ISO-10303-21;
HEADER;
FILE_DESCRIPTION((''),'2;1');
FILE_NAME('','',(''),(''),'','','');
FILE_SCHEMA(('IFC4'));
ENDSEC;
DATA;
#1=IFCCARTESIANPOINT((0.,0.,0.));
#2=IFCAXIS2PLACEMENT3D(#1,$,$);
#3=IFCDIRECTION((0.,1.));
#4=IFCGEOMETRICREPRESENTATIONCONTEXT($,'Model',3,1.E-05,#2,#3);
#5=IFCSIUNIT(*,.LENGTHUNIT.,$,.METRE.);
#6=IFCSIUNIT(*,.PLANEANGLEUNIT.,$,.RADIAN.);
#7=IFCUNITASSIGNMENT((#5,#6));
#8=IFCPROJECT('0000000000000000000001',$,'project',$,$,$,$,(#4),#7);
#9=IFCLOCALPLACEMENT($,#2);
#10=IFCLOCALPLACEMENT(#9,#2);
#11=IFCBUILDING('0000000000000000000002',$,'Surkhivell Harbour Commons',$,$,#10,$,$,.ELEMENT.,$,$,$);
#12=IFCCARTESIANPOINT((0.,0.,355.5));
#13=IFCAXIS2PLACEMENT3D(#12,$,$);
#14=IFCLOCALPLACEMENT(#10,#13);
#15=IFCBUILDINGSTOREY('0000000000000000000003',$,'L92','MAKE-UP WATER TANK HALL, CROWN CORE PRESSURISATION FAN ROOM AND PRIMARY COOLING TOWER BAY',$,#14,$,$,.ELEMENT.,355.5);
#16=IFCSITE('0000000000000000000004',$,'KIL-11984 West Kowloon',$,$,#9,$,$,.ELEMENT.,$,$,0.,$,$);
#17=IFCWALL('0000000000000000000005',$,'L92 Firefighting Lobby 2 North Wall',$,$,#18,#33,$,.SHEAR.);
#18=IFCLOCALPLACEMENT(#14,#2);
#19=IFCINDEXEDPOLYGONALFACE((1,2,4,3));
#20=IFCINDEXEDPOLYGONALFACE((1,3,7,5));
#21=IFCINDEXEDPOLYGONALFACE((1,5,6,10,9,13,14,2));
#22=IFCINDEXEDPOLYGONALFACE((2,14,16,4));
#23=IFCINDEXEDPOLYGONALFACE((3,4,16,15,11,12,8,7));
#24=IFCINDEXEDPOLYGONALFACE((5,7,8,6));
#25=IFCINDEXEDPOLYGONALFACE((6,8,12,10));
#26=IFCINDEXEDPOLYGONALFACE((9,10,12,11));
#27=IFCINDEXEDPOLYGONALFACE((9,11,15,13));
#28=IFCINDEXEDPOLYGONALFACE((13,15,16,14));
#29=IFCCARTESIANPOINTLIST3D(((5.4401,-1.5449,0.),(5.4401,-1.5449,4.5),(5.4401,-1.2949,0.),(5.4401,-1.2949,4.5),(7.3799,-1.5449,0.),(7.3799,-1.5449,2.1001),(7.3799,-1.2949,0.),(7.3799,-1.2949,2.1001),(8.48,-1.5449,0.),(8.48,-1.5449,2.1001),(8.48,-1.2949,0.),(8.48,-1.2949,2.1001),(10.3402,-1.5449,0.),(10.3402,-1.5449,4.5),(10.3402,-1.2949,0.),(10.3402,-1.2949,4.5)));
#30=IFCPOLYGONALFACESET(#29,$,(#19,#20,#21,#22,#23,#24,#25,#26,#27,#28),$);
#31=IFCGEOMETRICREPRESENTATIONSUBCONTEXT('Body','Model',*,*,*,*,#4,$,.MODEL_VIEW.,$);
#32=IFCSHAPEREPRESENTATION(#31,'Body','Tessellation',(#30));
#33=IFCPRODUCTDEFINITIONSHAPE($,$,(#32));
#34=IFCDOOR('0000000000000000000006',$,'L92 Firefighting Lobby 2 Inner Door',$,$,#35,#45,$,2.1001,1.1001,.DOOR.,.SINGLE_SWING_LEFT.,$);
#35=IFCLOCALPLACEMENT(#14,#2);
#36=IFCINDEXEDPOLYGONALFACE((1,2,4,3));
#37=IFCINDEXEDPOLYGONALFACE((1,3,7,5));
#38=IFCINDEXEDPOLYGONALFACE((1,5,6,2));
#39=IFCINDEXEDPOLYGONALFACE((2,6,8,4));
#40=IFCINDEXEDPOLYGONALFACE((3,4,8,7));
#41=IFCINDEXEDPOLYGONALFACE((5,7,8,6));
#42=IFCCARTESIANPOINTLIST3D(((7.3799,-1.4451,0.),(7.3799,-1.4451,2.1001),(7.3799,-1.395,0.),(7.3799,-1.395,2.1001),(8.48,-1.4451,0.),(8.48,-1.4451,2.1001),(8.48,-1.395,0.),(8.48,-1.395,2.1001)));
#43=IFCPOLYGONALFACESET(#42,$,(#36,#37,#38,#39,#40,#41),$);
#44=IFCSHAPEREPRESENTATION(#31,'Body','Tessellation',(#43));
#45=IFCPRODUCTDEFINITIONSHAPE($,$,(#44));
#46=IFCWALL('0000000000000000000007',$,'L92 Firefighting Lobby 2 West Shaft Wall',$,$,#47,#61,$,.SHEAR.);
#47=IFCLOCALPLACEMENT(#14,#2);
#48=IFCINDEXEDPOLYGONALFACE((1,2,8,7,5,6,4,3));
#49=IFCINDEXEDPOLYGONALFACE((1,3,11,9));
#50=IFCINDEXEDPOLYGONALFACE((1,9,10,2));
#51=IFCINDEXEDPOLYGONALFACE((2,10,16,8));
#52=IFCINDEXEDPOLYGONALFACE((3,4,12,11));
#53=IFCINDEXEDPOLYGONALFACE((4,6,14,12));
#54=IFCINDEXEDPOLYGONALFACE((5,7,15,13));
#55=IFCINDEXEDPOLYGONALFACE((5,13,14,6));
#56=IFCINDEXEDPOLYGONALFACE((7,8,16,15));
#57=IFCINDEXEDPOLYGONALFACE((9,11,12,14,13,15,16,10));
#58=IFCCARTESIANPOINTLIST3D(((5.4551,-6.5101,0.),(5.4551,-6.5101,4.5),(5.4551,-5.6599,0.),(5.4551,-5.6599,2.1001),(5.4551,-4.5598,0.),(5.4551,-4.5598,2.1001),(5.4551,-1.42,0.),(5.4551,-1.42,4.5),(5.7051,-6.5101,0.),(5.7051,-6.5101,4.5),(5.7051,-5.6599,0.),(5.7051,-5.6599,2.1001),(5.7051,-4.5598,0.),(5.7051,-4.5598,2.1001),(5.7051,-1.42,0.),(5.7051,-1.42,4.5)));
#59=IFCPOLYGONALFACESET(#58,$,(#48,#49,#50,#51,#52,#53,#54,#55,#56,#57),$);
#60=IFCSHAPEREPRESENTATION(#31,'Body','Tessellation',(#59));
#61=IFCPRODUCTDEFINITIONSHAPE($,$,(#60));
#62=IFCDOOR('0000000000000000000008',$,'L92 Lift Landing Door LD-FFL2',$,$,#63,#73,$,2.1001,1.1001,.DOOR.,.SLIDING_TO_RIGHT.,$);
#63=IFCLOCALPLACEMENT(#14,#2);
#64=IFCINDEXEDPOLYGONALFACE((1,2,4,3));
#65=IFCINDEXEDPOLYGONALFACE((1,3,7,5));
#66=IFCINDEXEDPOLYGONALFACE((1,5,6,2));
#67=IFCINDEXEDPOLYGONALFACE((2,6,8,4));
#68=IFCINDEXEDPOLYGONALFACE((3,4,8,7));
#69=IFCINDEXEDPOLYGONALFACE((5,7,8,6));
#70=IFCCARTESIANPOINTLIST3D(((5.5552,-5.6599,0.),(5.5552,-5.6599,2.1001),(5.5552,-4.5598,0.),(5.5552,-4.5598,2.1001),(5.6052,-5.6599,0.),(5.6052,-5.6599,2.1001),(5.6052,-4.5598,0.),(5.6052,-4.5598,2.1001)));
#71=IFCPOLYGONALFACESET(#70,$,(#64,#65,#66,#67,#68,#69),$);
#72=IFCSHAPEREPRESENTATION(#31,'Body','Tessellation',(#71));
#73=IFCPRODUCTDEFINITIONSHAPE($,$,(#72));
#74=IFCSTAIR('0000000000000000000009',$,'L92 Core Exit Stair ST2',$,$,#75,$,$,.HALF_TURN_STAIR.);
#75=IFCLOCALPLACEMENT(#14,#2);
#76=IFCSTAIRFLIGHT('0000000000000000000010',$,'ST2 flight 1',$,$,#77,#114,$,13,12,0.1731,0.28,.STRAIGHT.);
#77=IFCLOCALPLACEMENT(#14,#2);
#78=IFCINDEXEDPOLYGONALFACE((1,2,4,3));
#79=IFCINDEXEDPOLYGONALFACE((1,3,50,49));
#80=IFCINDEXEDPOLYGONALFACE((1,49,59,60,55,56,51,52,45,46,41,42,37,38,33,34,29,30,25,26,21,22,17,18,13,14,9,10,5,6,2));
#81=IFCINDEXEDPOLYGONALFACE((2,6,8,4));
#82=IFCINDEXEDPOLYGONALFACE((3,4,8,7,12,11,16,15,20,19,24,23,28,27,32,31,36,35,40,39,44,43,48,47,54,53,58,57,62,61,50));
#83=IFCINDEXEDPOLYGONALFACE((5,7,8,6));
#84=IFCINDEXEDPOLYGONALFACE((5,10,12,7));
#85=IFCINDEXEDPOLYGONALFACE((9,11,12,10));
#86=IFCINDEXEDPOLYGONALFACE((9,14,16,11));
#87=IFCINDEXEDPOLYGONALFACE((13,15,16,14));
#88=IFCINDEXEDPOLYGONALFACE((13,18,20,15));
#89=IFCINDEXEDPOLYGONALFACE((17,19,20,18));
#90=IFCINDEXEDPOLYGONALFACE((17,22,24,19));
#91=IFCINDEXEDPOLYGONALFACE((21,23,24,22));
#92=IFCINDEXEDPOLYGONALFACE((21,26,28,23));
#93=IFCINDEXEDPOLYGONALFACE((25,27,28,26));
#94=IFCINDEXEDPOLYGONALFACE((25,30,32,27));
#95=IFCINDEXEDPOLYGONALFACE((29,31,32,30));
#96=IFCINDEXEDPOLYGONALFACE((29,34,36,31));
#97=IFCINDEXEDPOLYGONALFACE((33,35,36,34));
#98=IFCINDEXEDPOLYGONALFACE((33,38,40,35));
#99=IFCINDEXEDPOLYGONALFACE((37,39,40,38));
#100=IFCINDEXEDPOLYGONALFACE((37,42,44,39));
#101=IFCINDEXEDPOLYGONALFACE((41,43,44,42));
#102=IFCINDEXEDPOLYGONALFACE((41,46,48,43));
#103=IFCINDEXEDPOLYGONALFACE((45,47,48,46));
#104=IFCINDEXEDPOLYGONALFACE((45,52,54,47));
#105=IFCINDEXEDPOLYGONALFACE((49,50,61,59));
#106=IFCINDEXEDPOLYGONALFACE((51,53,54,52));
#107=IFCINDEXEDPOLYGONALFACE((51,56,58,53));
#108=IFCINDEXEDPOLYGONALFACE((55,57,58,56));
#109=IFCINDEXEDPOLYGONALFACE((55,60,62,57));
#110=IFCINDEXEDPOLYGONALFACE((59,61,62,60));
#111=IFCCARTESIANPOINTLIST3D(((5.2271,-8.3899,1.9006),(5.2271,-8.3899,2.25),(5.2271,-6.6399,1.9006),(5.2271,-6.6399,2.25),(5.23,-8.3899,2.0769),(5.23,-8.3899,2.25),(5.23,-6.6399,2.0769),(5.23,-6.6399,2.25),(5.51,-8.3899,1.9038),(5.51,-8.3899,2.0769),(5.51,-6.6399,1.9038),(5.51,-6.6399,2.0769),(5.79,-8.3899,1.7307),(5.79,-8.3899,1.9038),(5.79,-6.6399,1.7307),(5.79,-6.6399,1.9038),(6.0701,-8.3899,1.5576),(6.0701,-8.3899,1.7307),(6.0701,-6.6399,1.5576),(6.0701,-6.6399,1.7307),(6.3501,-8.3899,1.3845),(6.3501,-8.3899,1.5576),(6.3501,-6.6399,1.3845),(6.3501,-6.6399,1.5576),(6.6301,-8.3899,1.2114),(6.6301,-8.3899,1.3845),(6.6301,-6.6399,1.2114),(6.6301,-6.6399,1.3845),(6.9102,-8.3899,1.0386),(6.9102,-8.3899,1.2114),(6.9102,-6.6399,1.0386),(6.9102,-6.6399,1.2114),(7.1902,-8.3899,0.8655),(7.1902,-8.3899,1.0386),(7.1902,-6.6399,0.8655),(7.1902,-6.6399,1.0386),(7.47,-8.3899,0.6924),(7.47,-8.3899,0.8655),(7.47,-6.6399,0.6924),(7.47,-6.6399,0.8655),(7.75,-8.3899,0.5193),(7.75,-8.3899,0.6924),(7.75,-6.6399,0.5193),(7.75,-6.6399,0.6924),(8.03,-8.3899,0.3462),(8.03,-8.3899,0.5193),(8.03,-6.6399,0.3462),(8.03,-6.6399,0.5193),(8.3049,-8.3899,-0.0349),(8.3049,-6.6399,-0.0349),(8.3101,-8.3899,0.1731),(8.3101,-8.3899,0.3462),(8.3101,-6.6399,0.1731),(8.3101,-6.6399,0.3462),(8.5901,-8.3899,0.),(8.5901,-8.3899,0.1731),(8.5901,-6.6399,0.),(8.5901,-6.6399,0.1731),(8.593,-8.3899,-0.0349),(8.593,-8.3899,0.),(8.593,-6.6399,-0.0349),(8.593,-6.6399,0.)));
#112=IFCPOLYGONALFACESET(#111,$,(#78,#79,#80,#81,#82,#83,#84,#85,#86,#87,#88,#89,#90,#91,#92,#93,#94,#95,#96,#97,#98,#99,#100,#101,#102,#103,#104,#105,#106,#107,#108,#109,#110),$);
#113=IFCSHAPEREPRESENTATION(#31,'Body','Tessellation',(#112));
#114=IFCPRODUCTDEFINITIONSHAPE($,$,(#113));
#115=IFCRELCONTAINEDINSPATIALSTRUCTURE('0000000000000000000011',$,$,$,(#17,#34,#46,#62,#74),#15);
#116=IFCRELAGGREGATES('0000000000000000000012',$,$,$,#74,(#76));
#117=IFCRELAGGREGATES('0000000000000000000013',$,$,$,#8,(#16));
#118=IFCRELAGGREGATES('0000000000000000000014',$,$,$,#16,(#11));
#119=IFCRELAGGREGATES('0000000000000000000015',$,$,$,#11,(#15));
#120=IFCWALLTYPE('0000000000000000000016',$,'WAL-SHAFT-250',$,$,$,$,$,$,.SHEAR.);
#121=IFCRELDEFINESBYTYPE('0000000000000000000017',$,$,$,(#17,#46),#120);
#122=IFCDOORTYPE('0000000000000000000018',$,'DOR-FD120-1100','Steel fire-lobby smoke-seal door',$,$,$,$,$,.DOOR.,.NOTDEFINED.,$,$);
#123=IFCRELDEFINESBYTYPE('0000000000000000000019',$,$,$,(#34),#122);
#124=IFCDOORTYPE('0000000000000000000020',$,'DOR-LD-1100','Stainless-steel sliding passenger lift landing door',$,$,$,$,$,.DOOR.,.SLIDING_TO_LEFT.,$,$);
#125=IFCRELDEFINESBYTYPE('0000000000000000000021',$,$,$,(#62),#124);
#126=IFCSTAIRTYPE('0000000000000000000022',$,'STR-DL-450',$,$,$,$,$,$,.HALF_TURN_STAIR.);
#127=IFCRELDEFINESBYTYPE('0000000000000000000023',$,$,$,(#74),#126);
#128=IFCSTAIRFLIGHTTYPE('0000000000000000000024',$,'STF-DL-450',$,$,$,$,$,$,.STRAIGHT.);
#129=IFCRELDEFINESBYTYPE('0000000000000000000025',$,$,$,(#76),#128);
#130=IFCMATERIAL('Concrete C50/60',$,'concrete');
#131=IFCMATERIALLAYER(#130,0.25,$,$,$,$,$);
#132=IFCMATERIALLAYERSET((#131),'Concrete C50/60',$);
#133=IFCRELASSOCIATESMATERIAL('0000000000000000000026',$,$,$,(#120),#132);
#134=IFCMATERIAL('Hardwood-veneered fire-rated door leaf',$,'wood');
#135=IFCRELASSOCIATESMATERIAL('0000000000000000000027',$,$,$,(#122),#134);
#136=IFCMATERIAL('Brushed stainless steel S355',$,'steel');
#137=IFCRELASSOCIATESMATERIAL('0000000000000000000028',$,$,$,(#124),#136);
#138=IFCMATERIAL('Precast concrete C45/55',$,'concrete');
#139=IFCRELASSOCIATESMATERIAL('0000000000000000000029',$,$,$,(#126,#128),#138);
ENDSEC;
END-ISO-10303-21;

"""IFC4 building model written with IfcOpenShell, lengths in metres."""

from ifc_helpers import new_model, si_unit, direction, frame, frame_2d, origin, place, context, subcontext, project, spatial, polyline, rectangle, outline, extrude, material, layer, layer_set, type_object, element, fill, aggregate, save


model = new_model("IFC4")

# Units and contexts
model_context = context("Model", 3, precision=1e-05, world=origin(), true_north=direction((0.0, 1.0)))
body_context = subcontext(model_context, "Body", "Model", "MODEL_VIEW")
ifc_project = project(units=[si_unit("LENGTHUNIT", "METRE"), si_unit("PLANEANGLEUNIT", "RADIAN")], contexts=[model_context])

# Site, building, storey
site_placement = place(None, origin())
site = spatial("IfcSite", under=ifc_project, at=site_placement, Name="KIL-11984 West Kowloon", CompositionType="ELEMENT", RefElevation=0.0)
building_placement = place(site_placement, origin())
building = spatial("IfcBuilding", under=site, at=building_placement, Name="Surkhivell Harbour Commons", CompositionType="ELEMENT")
storey_placement = place(building_placement, frame((0.0, 0.0, 355.5)))
storey = spatial("IfcBuildingStorey", under=building, at=storey_placement, Name="L92", Description="MAKE-UP WATER TANK HALL, CROWN CORE PRESSURISATION FAN ROOM AND PRIMARY COOLING TOWER BAY", CompositionType="ELEMENT", Elevation=355.5)

# Shared definitions
ifc_material_1 = material(Name="Concrete C50/60", Category="concrete")

# Walls, openings, doors
ifc_layer_1 = layer(ifc_material_1, 0.25)
ifc_layer_set_1 = layer_set([ifc_layer_1], Name="Concrete C50/60")
wall_type_1 = type_object("IfcWallType", Name="WAL-SHAFT-250", PredefinedType="SHEAR", material=ifc_layer_set_1)
wall_1_placement = place(storey_placement, frame((5.4399, -1.4199, 0.0), z_axis=(0.0, 0.0, 1.0), x_axis=(1.0, 0.0, 0.0)))
wall_1 = element("IfcWall", 1, at=wall_1_placement, inside=storey, type_object=wall_type_1, Name="L92 Firefighting Lobby 2 North Wall", PredefinedType="SHEAR", context=body_context, shape_type="SweptSolid", body=[
    extrude(rectangle(XDim=4.9001, YDim=0.25, at=frame_2d((2.4502, 0.0))), origin(), (0.0, 0.0, 1.0), 4.5),
])
opening_1_placement = place(wall_1_placement, frame((1.9399, 0.0, 0.0)))
opening_1 = element("IfcOpeningElement", 2, at=opening_1_placement, cuts=wall_1, PredefinedType="OPENING", context=body_context, shape_type="SweptSolid", body=[
    extrude(rectangle(XDim=1.1001, YDim=2.1001, at=frame_2d((0.55, 1.05))), frame((0.0, 0.135, 0.0), z_axis=(0.0, -1.0, 0.0), x_axis=(1.0, 0.0, 0.0)), (0.0, 0.0, 1.0), 0.27),
])
ifc_material_2 = material(Name="Hardwood-veneered fire-rated door leaf", Category="wood")
door_type_1 = type_object("IfcDoorType", Name="DOR-FD120-1100", Description="Steel fire-lobby smoke-seal door", OperationType="NOTDEFINED", PredefinedType="DOOR", material=ifc_material_2)
door_1_placement = place(opening_1_placement, origin())
door_1 = element("IfcDoor", 3, at=door_1_placement, inside=storey, type_object=door_type_1, Name="L92 Firefighting Lobby 2 Inner Door", OperationType="SINGLE_SWING_LEFT", OverallHeight=2.1001, OverallWidth=1.1001, PredefinedType="DOOR", context=body_context, shape_type="SweptSolid", body=[
    extrude(rectangle(XDim=1.1001, YDim=2.1001, at=frame_2d((0.55, 1.05))), frame((0.0, 0.0249, 0.0), z_axis=(0.0, -1.0, 0.0), x_axis=(1.0, 0.0, 0.0)), (0.0, 0.0, 1.0), 0.05),
])
fill(opening_1, door_1)
wall_2_placement = place(storey_placement, frame((5.5801, -6.51, 0.0), z_axis=(0.0, 0.0, 1.0), x_axis=(0.0, 1.0, 0.0)))
wall_2 = element("IfcWall", 4, at=wall_2_placement, inside=storey, type_object=wall_type_1, Name="L92 Firefighting Lobby 2 West Shaft Wall", PredefinedType="SHEAR", context=body_context, shape_type="SweptSolid", body=[
    extrude(rectangle(XDim=5.0901, YDim=0.25, at=frame_2d((2.5449, 0.0))), origin(), (0.0, 0.0, 1.0), 4.5),
])
opening_2_placement = place(wall_2_placement, frame((0.8501, 0.0, 0.0)))
opening_2 = element("IfcOpeningElement", 5, at=opening_2_placement, cuts=wall_2, PredefinedType="OPENING", context=body_context, shape_type="SweptSolid", body=[
    extrude(rectangle(XDim=1.1001, YDim=2.1001, at=frame_2d((0.55, 1.05))), frame((0.0, 0.135, 0.0), z_axis=(0.0, -1.0, 0.0), x_axis=(1.0, 0.0, 0.0)), (0.0, 0.0, 1.0), 0.27),
])
ifc_material_3 = material(Name="Brushed stainless steel S355", Category="steel")
door_type_2 = type_object("IfcDoorType", Name="DOR-LD-1100", Description="Stainless-steel sliding passenger lift landing door", OperationType="SLIDING_TO_LEFT", PredefinedType="DOOR", material=ifc_material_3)
door_2_placement = place(opening_2_placement, origin())
door_2 = element("IfcDoor", 6, at=door_2_placement, inside=storey, type_object=door_type_2, Name="L92 Lift Landing Door LD-FFL2", OperationType="SLIDING_TO_RIGHT", OverallHeight=2.1001, OverallWidth=1.1001, PredefinedType="DOOR", context=body_context, shape_type="SweptSolid", body=[
    extrude(rectangle(XDim=1.1001, YDim=2.1001, at=frame_2d((0.55, 1.05))), frame((0.0, 0.0249, 0.0), z_axis=(0.0, -1.0, 0.0), x_axis=(1.0, 0.0, 0.0)), (0.0, 0.0, 1.0), 0.05),
])
fill(opening_2, door_2)

# Stair, stair flight
ifc_material_4 = material(Name="Precast concrete C45/55", Category="concrete")
stair_type = type_object("IfcStairType", Name="STR-DL-450", PredefinedType="HALF_TURN_STAIR", material=ifc_material_4)
stair_placement = place(storey_placement, origin())
stair = element("IfcStair", 7, at=stair_placement, inside=storey, type_object=stair_type, Name="L92 Core Exit Stair ST2", PredefinedType="HALF_TURN_STAIR")
stair_flight_type = type_object("IfcStairFlightType", Name="STF-DL-450", PredefinedType="STRAIGHT", material=ifc_material_4)
stair_flight_placement = place(storey_placement, frame((8.5901, -7.5149, 0.0), z_axis=(0.0, 0.0, 1.0), x_axis=(-1.0, 0.0, 0.0)))
stair_flight = element("IfcStairFlight", 8, at=stair_flight_placement, type_object=stair_flight_type, Name="ST2 flight 1", NumberOfRisers=13, NumberOfTreads=12, PredefinedType="STRAIGHT", RiserHeight=0.1731, TreadLength=0.28, context=body_context, shape_type="SweptSolid", body=[
    extrude(outline(polyline([(-0.0029, -0.0349), (-0.0029, 0.0), (0.0, 0.0), (0.0, 0.1731), (0.28, 0.1731), (0.28, 0.3462), (0.5601, 0.3462), (0.5601, 0.5193), (0.8401, 0.5193), (0.8401, 0.6924), (1.1201, 0.6924), (1.1201, 0.8655), (1.3999, 0.8655), (1.3999, 1.0386), (1.6799, 1.0386), (1.6799, 1.2114), (1.96, 1.2114), (1.96, 1.3845), (2.24, 1.3845), (2.24, 1.5576), (2.52, 1.5576), (2.52, 1.7307), (2.8, 1.7307), (2.8, 1.9038), (3.0801, 1.9038), (3.0801, 2.0769), (3.3601, 2.0769), (3.3601, 2.25), (3.363, 2.25), (3.363, 1.9006), (0.2852, -0.0349), (-0.0029, -0.0349)])), frame((0.0, 0.875, 0.0), z_axis=(0.0, -1.0, 0.0), x_axis=(1.0, 0.0, 0.0)), (0.0, 0.0, 1.0), 1.75),
])
aggregate(stair, [stair_flight])

save(model, "model.ifc")
